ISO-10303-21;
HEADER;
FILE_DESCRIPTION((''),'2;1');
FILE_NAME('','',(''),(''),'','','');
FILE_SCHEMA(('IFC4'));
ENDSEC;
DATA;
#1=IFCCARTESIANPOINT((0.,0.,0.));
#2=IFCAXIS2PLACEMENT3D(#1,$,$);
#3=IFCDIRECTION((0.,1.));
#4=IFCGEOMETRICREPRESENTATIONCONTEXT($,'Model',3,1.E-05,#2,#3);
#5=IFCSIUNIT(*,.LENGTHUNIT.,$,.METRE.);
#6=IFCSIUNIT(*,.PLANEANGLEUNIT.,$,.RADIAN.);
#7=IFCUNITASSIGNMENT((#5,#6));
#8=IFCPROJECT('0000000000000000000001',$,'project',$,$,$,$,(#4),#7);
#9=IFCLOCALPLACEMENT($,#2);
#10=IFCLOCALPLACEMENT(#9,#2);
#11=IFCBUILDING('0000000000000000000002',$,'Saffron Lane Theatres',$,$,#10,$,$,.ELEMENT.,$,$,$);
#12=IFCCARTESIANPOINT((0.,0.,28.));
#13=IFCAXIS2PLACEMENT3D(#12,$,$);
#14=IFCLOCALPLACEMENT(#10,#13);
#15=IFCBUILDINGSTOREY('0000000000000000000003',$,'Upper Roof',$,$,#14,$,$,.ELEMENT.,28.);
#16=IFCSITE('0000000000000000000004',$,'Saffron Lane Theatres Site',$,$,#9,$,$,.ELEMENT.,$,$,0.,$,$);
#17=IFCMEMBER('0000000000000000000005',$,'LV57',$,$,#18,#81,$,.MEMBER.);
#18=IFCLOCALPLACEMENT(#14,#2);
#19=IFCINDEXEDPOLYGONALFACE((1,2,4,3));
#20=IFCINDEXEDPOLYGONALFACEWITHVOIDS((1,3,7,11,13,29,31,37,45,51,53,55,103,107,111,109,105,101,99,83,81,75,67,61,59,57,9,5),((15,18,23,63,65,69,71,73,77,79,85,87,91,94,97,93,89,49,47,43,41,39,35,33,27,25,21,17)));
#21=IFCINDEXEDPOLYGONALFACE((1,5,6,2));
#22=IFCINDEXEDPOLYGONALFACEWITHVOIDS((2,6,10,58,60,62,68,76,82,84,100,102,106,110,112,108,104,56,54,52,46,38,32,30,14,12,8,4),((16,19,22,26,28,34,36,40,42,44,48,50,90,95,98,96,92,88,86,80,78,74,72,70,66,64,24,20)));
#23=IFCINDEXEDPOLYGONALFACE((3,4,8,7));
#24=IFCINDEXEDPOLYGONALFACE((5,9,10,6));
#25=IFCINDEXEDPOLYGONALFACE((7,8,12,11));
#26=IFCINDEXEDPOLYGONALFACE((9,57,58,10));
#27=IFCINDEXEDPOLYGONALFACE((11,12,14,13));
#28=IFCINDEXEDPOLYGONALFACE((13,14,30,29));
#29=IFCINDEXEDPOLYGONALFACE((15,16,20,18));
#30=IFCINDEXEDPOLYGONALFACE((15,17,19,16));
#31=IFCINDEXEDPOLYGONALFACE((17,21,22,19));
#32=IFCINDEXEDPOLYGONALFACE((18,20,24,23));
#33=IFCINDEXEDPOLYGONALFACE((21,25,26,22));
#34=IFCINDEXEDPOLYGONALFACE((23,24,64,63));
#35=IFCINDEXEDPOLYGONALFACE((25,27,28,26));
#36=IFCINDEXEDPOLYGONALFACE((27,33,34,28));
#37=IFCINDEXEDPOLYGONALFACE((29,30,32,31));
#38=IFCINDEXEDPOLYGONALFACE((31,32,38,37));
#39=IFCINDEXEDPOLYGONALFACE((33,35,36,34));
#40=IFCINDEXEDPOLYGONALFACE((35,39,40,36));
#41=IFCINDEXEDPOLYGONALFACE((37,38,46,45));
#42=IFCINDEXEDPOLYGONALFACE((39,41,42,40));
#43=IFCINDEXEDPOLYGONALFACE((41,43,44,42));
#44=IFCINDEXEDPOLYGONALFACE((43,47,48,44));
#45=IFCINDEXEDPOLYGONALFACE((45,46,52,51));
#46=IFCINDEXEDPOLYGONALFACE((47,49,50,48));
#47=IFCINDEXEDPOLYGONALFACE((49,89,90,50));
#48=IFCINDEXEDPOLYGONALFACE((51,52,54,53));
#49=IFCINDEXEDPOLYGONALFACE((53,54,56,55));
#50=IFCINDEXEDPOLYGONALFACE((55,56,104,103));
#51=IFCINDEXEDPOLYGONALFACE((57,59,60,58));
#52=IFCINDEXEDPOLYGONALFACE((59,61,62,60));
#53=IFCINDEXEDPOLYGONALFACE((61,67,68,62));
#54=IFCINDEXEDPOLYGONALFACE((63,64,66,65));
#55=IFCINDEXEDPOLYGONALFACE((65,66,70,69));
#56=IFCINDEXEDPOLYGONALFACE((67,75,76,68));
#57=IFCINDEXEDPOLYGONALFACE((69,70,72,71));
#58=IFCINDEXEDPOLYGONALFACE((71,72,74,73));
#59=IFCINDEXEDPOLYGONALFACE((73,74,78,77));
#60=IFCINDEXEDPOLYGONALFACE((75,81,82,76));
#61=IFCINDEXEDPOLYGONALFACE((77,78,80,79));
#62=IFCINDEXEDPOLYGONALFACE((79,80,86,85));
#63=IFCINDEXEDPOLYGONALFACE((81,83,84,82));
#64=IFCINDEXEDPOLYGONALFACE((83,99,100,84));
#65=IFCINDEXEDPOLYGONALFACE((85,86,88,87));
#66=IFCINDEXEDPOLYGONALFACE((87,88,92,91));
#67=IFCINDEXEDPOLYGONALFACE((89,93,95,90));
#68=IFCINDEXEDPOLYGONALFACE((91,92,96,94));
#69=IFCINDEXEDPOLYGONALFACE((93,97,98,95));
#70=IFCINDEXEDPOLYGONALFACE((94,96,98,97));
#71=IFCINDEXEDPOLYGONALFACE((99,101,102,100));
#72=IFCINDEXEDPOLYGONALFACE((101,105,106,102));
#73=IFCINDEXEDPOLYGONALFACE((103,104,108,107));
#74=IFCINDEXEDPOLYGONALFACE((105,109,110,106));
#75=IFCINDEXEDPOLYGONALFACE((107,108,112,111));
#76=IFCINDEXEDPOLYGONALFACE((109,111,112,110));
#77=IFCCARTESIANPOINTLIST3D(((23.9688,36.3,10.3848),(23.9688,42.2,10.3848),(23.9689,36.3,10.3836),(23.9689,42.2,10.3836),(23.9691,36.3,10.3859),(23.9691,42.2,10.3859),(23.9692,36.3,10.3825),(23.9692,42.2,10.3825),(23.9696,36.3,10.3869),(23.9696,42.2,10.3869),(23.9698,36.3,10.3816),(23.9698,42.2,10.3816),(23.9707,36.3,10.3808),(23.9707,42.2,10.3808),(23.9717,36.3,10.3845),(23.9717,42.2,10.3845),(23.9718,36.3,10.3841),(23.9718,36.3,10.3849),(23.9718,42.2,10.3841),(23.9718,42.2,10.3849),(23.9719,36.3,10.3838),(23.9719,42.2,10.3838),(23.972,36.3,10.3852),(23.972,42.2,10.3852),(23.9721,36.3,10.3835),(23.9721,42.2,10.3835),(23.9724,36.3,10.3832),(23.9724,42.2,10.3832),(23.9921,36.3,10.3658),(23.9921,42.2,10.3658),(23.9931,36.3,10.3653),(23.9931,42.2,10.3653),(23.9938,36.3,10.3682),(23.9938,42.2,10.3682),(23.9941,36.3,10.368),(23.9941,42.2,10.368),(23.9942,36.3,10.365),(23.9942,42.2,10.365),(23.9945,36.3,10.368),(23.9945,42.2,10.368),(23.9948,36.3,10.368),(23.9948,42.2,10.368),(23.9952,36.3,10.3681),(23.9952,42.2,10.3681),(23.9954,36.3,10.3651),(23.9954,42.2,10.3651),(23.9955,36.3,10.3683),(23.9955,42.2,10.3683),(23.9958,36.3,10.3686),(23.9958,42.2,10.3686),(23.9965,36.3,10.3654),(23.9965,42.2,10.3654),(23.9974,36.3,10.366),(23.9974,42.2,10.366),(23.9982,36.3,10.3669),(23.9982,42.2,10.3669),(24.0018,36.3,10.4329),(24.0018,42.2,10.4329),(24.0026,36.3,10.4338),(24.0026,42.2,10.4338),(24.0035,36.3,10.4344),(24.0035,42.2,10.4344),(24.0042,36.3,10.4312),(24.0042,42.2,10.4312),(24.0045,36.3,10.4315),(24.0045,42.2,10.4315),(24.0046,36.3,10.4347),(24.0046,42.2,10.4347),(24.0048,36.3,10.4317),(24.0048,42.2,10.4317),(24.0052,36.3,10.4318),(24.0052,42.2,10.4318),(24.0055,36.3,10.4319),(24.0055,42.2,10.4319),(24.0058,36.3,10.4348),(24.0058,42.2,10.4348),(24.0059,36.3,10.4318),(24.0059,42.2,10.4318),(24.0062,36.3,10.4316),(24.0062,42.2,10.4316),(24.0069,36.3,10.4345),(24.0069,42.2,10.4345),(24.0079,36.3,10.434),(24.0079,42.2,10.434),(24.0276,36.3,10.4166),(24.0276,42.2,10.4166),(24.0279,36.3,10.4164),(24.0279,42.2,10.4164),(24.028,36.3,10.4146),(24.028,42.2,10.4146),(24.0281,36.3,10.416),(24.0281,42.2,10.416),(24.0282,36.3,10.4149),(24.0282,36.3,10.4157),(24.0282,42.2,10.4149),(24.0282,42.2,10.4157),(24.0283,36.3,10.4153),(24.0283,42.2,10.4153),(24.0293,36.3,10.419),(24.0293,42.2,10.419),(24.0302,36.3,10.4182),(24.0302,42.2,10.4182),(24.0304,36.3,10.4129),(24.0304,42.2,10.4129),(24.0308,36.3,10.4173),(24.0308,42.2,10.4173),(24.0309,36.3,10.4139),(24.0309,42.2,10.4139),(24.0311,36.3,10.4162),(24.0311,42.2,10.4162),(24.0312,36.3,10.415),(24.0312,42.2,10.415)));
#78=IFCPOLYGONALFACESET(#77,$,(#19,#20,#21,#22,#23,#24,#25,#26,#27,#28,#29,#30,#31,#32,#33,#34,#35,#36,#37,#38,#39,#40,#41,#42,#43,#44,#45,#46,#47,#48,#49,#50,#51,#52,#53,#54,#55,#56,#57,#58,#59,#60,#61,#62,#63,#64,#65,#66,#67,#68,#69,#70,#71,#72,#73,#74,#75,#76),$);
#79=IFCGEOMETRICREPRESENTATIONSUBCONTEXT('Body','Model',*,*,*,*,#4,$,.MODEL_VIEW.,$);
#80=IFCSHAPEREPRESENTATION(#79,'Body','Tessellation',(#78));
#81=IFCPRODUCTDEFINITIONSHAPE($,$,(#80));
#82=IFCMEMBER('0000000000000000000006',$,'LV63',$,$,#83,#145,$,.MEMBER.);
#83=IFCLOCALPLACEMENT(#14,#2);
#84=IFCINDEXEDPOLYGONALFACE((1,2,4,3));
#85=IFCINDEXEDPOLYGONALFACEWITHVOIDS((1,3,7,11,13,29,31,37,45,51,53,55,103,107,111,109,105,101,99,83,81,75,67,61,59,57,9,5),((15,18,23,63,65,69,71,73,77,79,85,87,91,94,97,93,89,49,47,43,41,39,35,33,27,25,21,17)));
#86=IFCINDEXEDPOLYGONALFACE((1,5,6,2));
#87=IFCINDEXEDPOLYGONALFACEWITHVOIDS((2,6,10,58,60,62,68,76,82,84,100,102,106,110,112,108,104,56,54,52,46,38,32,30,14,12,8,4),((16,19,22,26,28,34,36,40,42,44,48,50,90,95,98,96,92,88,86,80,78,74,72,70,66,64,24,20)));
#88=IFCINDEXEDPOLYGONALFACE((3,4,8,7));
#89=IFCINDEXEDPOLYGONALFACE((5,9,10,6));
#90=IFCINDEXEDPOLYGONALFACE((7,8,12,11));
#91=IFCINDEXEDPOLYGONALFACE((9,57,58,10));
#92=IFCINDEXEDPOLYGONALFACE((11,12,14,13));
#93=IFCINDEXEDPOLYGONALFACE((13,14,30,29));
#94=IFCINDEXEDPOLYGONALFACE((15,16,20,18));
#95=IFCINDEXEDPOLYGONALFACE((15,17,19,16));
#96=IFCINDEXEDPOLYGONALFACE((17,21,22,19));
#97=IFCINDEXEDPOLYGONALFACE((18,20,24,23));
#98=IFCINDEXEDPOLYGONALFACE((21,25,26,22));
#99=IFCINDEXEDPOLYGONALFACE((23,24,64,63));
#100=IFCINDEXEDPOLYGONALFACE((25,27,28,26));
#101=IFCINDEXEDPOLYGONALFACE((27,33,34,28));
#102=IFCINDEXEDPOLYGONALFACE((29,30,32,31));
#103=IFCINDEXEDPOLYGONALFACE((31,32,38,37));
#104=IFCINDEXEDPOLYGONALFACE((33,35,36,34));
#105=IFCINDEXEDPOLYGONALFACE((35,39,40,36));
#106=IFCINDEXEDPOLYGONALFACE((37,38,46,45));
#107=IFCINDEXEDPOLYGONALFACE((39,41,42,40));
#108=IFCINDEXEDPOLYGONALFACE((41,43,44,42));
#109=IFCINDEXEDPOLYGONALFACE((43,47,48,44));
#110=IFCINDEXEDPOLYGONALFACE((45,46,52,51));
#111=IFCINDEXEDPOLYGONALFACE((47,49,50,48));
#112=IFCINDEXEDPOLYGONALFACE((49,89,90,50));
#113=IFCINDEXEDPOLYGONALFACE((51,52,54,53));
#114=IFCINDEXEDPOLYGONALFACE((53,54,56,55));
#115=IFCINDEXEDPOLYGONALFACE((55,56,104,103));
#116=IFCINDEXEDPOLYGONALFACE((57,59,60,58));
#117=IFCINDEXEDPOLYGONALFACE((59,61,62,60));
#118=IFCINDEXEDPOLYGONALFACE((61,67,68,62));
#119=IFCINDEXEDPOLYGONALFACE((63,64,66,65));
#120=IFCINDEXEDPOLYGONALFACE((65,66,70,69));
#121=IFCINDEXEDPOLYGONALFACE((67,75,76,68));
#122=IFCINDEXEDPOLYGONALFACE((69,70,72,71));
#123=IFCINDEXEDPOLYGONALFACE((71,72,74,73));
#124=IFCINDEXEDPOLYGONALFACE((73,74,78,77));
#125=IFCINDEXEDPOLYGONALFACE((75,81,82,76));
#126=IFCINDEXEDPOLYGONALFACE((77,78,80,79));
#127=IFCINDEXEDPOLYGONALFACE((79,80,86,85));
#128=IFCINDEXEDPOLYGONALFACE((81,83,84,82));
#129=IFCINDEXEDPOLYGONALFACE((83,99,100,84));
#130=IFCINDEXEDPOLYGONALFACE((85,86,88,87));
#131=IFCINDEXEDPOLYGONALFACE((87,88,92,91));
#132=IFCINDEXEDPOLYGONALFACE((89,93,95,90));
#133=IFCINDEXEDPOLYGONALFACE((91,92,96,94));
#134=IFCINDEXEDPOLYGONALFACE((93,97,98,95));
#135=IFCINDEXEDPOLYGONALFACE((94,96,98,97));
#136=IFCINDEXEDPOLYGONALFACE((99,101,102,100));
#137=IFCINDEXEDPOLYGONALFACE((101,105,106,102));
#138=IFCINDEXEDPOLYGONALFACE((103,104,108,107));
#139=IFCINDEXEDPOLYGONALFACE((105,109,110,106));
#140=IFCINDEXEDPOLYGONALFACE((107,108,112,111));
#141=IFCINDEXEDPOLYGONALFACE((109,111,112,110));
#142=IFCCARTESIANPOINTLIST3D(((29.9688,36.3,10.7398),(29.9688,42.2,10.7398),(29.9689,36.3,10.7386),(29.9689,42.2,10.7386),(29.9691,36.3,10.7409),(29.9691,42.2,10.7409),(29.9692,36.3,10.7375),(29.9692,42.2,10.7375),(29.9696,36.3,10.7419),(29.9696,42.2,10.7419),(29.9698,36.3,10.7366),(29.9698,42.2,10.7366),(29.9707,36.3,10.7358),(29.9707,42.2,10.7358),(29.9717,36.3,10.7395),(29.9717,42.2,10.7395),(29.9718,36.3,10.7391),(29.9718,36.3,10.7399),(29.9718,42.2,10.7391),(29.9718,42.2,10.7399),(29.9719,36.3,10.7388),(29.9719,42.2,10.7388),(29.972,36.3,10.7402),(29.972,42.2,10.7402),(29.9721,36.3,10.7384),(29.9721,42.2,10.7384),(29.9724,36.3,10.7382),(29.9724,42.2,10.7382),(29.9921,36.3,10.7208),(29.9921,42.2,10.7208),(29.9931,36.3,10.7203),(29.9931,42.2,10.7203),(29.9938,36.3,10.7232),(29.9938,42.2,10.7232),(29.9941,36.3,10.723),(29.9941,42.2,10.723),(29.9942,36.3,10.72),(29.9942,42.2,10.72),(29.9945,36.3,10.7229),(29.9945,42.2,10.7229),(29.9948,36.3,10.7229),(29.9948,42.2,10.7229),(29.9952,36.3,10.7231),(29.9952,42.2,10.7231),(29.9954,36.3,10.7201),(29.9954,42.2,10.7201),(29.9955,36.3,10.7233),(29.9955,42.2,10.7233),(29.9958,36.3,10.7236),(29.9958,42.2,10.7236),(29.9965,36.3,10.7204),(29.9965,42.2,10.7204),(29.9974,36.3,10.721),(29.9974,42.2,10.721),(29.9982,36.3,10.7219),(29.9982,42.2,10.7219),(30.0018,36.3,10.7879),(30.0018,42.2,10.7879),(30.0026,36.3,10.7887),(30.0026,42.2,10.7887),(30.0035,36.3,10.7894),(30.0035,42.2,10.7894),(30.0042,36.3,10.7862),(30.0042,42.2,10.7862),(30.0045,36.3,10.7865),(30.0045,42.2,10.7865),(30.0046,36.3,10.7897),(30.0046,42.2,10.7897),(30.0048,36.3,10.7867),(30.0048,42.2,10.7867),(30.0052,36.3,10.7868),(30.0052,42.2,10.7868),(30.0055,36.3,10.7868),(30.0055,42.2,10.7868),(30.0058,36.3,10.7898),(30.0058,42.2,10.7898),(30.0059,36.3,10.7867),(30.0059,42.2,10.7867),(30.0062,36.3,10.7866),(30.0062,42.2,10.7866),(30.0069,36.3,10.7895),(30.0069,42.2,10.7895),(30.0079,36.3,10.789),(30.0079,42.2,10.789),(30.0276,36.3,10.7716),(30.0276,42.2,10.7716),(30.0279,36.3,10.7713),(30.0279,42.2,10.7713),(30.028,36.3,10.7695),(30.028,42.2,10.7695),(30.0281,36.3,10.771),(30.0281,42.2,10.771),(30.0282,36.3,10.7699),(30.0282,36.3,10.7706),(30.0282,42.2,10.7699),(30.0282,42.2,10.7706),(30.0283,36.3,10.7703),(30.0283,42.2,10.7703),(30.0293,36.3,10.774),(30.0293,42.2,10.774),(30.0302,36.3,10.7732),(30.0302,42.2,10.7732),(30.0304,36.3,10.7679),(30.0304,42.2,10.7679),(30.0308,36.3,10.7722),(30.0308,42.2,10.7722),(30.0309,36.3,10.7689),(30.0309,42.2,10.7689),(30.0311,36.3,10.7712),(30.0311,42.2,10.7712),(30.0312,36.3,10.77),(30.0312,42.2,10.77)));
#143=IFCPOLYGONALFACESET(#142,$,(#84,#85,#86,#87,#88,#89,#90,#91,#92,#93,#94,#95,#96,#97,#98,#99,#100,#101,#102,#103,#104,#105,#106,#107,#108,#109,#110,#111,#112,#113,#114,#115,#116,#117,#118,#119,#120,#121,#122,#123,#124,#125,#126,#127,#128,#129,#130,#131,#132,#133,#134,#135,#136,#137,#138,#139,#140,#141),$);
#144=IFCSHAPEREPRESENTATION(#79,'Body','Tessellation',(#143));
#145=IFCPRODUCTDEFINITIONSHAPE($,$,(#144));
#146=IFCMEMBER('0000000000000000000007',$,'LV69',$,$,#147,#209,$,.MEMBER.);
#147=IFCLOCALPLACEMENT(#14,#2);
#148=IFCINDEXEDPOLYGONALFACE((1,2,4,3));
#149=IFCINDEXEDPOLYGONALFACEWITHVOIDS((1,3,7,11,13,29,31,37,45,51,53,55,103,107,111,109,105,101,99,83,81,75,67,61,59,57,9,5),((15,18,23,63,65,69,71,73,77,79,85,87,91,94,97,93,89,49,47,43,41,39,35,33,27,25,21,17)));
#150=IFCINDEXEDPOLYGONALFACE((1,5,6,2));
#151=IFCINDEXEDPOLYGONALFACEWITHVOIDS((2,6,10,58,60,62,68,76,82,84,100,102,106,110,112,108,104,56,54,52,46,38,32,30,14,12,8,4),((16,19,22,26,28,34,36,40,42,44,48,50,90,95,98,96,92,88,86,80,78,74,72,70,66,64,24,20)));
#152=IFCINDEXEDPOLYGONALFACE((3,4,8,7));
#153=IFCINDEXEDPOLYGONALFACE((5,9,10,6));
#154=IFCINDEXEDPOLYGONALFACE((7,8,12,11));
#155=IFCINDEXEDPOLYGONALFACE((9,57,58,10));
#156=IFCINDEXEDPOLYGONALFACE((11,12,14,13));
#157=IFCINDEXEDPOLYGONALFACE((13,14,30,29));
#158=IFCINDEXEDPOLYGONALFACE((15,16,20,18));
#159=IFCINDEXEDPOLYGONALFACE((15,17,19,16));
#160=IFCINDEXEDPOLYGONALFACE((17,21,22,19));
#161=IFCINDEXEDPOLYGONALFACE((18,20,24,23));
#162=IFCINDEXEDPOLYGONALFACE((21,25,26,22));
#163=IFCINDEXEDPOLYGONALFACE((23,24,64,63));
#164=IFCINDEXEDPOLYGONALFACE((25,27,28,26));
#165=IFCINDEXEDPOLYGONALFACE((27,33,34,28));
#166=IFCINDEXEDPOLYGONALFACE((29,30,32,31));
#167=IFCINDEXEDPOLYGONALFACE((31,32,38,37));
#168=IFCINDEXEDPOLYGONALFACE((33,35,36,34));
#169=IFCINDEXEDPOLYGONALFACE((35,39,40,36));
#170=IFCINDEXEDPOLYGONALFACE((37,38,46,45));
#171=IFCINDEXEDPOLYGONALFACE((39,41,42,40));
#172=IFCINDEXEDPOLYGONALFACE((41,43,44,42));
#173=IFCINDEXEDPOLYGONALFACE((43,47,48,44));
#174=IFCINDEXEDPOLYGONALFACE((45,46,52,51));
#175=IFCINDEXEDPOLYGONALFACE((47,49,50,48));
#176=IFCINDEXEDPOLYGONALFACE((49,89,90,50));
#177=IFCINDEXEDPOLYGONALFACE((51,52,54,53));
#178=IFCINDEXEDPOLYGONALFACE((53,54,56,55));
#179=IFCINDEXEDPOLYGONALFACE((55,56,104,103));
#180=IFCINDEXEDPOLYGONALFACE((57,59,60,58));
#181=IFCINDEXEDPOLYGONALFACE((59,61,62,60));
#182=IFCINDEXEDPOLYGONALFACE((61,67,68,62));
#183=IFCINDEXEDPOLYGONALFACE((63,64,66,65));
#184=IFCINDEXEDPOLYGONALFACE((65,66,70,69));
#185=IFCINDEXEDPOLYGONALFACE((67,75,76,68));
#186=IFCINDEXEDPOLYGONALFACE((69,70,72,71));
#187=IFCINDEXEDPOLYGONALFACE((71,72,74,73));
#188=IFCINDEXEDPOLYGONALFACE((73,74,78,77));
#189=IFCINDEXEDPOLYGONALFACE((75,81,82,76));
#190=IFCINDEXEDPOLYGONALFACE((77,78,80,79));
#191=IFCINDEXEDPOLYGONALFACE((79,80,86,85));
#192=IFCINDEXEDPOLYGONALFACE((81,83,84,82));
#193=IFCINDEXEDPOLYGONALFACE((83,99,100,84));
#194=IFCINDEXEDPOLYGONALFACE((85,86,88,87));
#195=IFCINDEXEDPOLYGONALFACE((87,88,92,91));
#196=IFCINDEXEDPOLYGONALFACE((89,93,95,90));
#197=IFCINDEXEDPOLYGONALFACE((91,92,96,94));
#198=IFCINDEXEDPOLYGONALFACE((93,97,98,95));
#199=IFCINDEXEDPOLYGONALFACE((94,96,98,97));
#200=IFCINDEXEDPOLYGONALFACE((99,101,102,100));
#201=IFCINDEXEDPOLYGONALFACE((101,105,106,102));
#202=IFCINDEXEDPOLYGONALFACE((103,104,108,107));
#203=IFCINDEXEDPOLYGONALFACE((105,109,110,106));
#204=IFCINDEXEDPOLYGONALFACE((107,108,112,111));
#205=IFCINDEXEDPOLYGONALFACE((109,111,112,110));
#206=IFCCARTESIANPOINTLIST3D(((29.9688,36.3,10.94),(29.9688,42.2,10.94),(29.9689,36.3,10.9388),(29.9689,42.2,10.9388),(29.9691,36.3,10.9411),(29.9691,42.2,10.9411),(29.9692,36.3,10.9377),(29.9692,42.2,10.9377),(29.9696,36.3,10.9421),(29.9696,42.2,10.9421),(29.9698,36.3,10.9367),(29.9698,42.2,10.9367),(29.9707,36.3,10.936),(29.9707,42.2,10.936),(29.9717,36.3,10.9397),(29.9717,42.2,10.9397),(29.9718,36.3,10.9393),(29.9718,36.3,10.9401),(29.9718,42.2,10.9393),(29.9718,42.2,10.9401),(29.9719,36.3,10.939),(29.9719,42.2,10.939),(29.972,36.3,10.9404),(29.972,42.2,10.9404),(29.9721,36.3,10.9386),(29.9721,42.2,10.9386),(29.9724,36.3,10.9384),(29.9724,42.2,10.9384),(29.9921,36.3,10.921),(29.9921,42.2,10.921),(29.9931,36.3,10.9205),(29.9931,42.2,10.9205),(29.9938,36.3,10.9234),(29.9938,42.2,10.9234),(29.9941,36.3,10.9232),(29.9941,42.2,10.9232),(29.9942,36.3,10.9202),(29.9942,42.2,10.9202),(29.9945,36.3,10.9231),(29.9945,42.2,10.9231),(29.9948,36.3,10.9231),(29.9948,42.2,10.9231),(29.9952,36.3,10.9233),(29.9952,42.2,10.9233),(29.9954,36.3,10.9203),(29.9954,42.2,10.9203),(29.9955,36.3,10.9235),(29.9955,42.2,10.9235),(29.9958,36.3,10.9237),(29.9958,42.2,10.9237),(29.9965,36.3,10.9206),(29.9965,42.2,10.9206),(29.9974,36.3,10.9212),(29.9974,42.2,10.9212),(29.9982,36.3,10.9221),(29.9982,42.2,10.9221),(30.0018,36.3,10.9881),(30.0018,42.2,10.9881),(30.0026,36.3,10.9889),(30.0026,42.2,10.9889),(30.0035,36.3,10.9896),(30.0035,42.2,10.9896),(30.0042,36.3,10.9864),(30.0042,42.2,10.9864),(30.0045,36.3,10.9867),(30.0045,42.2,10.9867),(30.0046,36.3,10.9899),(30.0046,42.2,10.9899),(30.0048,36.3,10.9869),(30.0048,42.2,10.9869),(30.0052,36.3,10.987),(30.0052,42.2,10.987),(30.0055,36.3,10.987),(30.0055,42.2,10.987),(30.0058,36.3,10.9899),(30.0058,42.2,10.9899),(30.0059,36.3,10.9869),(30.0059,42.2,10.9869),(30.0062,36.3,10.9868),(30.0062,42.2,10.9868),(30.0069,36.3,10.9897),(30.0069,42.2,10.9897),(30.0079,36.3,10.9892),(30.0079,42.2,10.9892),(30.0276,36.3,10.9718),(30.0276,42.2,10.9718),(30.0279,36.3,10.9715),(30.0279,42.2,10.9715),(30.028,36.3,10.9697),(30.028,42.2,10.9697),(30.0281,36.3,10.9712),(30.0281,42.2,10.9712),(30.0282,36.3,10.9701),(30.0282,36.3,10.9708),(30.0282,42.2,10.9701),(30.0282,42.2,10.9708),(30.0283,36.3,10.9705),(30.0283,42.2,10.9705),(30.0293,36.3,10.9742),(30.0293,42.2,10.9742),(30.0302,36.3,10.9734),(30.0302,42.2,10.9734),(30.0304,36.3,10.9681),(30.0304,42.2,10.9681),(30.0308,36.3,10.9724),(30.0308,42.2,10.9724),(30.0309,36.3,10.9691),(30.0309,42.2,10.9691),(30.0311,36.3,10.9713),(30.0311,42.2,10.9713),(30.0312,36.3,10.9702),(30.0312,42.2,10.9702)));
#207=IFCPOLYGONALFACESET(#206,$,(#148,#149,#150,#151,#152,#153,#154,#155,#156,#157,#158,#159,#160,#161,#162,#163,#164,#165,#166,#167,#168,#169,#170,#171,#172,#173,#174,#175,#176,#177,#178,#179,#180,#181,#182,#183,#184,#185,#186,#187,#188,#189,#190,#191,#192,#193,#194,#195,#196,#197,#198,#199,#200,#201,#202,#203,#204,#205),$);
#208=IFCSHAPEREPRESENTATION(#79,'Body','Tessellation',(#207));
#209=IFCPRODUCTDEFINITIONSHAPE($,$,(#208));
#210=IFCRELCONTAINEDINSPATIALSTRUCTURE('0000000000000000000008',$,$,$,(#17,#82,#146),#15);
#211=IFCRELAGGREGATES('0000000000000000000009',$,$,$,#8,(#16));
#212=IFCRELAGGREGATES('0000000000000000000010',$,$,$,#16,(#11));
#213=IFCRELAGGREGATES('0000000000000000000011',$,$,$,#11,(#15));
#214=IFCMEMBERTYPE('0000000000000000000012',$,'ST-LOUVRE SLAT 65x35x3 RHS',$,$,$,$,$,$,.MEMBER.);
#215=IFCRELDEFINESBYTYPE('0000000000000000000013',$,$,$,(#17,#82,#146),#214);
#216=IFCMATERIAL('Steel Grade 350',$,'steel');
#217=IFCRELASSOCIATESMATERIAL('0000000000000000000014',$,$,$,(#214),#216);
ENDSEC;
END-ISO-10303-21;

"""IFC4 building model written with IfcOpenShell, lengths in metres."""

from ifc_helpers import new_model, si_unit, direction, frame, origin, origin_2d, place, context, subcontext, project, spatial, hollow_rectangle, extrude, material, material_profile, profile_set, type_object, element, save


model = new_model("IFC4")

# Units and contexts
model_context = context("Model", 3, precision=1e-05, world=origin(), true_north=direction((0.0, 1.0)))
body_context = subcontext(model_context, "Body", "Model", "MODEL_VIEW")
ifc_project = project(units=[si_unit("LENGTHUNIT", "METRE"), si_unit("PLANEANGLEUNIT", "RADIAN")], contexts=[model_context])

# Site, building, storey
site_placement = place(None, origin())
site = spatial("IfcSite", under=ifc_project, at=site_placement, Name="Saffron Lane Theatres Site", CompositionType="ELEMENT", RefElevation=0.0)
building_placement = place(site_placement, origin())
building = spatial("IfcBuilding", under=site, at=building_placement, Name="Saffron Lane Theatres", CompositionType="ELEMENT")
storey_placement = place(building_placement, frame((0.0, 0.0, 28.0)))
storey = spatial("IfcBuildingStorey", under=building, at=storey_placement, Name="Upper Roof", CompositionType="ELEMENT", Elevation=28.0)

# Members
ifc_material_1 = material(Name="Steel Grade 350", Category="steel")
ifc_material_profile_1 = material_profile(ifc_material_1, hollow_rectangle(XDim=0.0349, YDim=0.0649, WallThickness=0.0029, InnerFilletRadius=0.0015, OuterFilletRadius=0.0044, at=origin_2d()))
ifc_profile_set_1 = profile_set([ifc_material_profile_1], Name="Steel Grade 350")
member_type_1 = type_object("IfcMemberType", Name="ST-LOUVRE SLAT 65x35x3 RHS", PredefinedType="MEMBER", material=ifc_profile_set_1)
for number, where, z_axis, x_axis, name in (
    (1, (24.0, 36.3, 10.3999), (0.0, 1.0, 0.0), (-0.819152, 0.0, 0.573576), "LV57"),
    (2, (30.0, 36.3, 10.7549), (0.0, 1.0, 0.0), (-0.819152, 0.0, 0.573576), "LV63"),
    (3, (30.0, 36.3, 10.9551), (0.0, 1.0, 0.0), (-0.819152, 0.0, 0.573576), "LV69"),
):
    element("IfcMember", number, at=place(storey_placement, frame(where, z_axis=z_axis, x_axis=x_axis)), inside=storey, type_object=member_type_1, Name=name, PredefinedType="MEMBER", context=body_context, shape_type="SweptSolid", body=[
        extrude(hollow_rectangle(XDim=0.0349, YDim=0.0649, WallThickness=0.0029, InnerFilletRadius=0.0015, OuterFilletRadius=0.0044, at=origin_2d()), origin(), (0.0, 0.0, 1.0), 5.8999),
    ])

save(model, "model.ifc")
